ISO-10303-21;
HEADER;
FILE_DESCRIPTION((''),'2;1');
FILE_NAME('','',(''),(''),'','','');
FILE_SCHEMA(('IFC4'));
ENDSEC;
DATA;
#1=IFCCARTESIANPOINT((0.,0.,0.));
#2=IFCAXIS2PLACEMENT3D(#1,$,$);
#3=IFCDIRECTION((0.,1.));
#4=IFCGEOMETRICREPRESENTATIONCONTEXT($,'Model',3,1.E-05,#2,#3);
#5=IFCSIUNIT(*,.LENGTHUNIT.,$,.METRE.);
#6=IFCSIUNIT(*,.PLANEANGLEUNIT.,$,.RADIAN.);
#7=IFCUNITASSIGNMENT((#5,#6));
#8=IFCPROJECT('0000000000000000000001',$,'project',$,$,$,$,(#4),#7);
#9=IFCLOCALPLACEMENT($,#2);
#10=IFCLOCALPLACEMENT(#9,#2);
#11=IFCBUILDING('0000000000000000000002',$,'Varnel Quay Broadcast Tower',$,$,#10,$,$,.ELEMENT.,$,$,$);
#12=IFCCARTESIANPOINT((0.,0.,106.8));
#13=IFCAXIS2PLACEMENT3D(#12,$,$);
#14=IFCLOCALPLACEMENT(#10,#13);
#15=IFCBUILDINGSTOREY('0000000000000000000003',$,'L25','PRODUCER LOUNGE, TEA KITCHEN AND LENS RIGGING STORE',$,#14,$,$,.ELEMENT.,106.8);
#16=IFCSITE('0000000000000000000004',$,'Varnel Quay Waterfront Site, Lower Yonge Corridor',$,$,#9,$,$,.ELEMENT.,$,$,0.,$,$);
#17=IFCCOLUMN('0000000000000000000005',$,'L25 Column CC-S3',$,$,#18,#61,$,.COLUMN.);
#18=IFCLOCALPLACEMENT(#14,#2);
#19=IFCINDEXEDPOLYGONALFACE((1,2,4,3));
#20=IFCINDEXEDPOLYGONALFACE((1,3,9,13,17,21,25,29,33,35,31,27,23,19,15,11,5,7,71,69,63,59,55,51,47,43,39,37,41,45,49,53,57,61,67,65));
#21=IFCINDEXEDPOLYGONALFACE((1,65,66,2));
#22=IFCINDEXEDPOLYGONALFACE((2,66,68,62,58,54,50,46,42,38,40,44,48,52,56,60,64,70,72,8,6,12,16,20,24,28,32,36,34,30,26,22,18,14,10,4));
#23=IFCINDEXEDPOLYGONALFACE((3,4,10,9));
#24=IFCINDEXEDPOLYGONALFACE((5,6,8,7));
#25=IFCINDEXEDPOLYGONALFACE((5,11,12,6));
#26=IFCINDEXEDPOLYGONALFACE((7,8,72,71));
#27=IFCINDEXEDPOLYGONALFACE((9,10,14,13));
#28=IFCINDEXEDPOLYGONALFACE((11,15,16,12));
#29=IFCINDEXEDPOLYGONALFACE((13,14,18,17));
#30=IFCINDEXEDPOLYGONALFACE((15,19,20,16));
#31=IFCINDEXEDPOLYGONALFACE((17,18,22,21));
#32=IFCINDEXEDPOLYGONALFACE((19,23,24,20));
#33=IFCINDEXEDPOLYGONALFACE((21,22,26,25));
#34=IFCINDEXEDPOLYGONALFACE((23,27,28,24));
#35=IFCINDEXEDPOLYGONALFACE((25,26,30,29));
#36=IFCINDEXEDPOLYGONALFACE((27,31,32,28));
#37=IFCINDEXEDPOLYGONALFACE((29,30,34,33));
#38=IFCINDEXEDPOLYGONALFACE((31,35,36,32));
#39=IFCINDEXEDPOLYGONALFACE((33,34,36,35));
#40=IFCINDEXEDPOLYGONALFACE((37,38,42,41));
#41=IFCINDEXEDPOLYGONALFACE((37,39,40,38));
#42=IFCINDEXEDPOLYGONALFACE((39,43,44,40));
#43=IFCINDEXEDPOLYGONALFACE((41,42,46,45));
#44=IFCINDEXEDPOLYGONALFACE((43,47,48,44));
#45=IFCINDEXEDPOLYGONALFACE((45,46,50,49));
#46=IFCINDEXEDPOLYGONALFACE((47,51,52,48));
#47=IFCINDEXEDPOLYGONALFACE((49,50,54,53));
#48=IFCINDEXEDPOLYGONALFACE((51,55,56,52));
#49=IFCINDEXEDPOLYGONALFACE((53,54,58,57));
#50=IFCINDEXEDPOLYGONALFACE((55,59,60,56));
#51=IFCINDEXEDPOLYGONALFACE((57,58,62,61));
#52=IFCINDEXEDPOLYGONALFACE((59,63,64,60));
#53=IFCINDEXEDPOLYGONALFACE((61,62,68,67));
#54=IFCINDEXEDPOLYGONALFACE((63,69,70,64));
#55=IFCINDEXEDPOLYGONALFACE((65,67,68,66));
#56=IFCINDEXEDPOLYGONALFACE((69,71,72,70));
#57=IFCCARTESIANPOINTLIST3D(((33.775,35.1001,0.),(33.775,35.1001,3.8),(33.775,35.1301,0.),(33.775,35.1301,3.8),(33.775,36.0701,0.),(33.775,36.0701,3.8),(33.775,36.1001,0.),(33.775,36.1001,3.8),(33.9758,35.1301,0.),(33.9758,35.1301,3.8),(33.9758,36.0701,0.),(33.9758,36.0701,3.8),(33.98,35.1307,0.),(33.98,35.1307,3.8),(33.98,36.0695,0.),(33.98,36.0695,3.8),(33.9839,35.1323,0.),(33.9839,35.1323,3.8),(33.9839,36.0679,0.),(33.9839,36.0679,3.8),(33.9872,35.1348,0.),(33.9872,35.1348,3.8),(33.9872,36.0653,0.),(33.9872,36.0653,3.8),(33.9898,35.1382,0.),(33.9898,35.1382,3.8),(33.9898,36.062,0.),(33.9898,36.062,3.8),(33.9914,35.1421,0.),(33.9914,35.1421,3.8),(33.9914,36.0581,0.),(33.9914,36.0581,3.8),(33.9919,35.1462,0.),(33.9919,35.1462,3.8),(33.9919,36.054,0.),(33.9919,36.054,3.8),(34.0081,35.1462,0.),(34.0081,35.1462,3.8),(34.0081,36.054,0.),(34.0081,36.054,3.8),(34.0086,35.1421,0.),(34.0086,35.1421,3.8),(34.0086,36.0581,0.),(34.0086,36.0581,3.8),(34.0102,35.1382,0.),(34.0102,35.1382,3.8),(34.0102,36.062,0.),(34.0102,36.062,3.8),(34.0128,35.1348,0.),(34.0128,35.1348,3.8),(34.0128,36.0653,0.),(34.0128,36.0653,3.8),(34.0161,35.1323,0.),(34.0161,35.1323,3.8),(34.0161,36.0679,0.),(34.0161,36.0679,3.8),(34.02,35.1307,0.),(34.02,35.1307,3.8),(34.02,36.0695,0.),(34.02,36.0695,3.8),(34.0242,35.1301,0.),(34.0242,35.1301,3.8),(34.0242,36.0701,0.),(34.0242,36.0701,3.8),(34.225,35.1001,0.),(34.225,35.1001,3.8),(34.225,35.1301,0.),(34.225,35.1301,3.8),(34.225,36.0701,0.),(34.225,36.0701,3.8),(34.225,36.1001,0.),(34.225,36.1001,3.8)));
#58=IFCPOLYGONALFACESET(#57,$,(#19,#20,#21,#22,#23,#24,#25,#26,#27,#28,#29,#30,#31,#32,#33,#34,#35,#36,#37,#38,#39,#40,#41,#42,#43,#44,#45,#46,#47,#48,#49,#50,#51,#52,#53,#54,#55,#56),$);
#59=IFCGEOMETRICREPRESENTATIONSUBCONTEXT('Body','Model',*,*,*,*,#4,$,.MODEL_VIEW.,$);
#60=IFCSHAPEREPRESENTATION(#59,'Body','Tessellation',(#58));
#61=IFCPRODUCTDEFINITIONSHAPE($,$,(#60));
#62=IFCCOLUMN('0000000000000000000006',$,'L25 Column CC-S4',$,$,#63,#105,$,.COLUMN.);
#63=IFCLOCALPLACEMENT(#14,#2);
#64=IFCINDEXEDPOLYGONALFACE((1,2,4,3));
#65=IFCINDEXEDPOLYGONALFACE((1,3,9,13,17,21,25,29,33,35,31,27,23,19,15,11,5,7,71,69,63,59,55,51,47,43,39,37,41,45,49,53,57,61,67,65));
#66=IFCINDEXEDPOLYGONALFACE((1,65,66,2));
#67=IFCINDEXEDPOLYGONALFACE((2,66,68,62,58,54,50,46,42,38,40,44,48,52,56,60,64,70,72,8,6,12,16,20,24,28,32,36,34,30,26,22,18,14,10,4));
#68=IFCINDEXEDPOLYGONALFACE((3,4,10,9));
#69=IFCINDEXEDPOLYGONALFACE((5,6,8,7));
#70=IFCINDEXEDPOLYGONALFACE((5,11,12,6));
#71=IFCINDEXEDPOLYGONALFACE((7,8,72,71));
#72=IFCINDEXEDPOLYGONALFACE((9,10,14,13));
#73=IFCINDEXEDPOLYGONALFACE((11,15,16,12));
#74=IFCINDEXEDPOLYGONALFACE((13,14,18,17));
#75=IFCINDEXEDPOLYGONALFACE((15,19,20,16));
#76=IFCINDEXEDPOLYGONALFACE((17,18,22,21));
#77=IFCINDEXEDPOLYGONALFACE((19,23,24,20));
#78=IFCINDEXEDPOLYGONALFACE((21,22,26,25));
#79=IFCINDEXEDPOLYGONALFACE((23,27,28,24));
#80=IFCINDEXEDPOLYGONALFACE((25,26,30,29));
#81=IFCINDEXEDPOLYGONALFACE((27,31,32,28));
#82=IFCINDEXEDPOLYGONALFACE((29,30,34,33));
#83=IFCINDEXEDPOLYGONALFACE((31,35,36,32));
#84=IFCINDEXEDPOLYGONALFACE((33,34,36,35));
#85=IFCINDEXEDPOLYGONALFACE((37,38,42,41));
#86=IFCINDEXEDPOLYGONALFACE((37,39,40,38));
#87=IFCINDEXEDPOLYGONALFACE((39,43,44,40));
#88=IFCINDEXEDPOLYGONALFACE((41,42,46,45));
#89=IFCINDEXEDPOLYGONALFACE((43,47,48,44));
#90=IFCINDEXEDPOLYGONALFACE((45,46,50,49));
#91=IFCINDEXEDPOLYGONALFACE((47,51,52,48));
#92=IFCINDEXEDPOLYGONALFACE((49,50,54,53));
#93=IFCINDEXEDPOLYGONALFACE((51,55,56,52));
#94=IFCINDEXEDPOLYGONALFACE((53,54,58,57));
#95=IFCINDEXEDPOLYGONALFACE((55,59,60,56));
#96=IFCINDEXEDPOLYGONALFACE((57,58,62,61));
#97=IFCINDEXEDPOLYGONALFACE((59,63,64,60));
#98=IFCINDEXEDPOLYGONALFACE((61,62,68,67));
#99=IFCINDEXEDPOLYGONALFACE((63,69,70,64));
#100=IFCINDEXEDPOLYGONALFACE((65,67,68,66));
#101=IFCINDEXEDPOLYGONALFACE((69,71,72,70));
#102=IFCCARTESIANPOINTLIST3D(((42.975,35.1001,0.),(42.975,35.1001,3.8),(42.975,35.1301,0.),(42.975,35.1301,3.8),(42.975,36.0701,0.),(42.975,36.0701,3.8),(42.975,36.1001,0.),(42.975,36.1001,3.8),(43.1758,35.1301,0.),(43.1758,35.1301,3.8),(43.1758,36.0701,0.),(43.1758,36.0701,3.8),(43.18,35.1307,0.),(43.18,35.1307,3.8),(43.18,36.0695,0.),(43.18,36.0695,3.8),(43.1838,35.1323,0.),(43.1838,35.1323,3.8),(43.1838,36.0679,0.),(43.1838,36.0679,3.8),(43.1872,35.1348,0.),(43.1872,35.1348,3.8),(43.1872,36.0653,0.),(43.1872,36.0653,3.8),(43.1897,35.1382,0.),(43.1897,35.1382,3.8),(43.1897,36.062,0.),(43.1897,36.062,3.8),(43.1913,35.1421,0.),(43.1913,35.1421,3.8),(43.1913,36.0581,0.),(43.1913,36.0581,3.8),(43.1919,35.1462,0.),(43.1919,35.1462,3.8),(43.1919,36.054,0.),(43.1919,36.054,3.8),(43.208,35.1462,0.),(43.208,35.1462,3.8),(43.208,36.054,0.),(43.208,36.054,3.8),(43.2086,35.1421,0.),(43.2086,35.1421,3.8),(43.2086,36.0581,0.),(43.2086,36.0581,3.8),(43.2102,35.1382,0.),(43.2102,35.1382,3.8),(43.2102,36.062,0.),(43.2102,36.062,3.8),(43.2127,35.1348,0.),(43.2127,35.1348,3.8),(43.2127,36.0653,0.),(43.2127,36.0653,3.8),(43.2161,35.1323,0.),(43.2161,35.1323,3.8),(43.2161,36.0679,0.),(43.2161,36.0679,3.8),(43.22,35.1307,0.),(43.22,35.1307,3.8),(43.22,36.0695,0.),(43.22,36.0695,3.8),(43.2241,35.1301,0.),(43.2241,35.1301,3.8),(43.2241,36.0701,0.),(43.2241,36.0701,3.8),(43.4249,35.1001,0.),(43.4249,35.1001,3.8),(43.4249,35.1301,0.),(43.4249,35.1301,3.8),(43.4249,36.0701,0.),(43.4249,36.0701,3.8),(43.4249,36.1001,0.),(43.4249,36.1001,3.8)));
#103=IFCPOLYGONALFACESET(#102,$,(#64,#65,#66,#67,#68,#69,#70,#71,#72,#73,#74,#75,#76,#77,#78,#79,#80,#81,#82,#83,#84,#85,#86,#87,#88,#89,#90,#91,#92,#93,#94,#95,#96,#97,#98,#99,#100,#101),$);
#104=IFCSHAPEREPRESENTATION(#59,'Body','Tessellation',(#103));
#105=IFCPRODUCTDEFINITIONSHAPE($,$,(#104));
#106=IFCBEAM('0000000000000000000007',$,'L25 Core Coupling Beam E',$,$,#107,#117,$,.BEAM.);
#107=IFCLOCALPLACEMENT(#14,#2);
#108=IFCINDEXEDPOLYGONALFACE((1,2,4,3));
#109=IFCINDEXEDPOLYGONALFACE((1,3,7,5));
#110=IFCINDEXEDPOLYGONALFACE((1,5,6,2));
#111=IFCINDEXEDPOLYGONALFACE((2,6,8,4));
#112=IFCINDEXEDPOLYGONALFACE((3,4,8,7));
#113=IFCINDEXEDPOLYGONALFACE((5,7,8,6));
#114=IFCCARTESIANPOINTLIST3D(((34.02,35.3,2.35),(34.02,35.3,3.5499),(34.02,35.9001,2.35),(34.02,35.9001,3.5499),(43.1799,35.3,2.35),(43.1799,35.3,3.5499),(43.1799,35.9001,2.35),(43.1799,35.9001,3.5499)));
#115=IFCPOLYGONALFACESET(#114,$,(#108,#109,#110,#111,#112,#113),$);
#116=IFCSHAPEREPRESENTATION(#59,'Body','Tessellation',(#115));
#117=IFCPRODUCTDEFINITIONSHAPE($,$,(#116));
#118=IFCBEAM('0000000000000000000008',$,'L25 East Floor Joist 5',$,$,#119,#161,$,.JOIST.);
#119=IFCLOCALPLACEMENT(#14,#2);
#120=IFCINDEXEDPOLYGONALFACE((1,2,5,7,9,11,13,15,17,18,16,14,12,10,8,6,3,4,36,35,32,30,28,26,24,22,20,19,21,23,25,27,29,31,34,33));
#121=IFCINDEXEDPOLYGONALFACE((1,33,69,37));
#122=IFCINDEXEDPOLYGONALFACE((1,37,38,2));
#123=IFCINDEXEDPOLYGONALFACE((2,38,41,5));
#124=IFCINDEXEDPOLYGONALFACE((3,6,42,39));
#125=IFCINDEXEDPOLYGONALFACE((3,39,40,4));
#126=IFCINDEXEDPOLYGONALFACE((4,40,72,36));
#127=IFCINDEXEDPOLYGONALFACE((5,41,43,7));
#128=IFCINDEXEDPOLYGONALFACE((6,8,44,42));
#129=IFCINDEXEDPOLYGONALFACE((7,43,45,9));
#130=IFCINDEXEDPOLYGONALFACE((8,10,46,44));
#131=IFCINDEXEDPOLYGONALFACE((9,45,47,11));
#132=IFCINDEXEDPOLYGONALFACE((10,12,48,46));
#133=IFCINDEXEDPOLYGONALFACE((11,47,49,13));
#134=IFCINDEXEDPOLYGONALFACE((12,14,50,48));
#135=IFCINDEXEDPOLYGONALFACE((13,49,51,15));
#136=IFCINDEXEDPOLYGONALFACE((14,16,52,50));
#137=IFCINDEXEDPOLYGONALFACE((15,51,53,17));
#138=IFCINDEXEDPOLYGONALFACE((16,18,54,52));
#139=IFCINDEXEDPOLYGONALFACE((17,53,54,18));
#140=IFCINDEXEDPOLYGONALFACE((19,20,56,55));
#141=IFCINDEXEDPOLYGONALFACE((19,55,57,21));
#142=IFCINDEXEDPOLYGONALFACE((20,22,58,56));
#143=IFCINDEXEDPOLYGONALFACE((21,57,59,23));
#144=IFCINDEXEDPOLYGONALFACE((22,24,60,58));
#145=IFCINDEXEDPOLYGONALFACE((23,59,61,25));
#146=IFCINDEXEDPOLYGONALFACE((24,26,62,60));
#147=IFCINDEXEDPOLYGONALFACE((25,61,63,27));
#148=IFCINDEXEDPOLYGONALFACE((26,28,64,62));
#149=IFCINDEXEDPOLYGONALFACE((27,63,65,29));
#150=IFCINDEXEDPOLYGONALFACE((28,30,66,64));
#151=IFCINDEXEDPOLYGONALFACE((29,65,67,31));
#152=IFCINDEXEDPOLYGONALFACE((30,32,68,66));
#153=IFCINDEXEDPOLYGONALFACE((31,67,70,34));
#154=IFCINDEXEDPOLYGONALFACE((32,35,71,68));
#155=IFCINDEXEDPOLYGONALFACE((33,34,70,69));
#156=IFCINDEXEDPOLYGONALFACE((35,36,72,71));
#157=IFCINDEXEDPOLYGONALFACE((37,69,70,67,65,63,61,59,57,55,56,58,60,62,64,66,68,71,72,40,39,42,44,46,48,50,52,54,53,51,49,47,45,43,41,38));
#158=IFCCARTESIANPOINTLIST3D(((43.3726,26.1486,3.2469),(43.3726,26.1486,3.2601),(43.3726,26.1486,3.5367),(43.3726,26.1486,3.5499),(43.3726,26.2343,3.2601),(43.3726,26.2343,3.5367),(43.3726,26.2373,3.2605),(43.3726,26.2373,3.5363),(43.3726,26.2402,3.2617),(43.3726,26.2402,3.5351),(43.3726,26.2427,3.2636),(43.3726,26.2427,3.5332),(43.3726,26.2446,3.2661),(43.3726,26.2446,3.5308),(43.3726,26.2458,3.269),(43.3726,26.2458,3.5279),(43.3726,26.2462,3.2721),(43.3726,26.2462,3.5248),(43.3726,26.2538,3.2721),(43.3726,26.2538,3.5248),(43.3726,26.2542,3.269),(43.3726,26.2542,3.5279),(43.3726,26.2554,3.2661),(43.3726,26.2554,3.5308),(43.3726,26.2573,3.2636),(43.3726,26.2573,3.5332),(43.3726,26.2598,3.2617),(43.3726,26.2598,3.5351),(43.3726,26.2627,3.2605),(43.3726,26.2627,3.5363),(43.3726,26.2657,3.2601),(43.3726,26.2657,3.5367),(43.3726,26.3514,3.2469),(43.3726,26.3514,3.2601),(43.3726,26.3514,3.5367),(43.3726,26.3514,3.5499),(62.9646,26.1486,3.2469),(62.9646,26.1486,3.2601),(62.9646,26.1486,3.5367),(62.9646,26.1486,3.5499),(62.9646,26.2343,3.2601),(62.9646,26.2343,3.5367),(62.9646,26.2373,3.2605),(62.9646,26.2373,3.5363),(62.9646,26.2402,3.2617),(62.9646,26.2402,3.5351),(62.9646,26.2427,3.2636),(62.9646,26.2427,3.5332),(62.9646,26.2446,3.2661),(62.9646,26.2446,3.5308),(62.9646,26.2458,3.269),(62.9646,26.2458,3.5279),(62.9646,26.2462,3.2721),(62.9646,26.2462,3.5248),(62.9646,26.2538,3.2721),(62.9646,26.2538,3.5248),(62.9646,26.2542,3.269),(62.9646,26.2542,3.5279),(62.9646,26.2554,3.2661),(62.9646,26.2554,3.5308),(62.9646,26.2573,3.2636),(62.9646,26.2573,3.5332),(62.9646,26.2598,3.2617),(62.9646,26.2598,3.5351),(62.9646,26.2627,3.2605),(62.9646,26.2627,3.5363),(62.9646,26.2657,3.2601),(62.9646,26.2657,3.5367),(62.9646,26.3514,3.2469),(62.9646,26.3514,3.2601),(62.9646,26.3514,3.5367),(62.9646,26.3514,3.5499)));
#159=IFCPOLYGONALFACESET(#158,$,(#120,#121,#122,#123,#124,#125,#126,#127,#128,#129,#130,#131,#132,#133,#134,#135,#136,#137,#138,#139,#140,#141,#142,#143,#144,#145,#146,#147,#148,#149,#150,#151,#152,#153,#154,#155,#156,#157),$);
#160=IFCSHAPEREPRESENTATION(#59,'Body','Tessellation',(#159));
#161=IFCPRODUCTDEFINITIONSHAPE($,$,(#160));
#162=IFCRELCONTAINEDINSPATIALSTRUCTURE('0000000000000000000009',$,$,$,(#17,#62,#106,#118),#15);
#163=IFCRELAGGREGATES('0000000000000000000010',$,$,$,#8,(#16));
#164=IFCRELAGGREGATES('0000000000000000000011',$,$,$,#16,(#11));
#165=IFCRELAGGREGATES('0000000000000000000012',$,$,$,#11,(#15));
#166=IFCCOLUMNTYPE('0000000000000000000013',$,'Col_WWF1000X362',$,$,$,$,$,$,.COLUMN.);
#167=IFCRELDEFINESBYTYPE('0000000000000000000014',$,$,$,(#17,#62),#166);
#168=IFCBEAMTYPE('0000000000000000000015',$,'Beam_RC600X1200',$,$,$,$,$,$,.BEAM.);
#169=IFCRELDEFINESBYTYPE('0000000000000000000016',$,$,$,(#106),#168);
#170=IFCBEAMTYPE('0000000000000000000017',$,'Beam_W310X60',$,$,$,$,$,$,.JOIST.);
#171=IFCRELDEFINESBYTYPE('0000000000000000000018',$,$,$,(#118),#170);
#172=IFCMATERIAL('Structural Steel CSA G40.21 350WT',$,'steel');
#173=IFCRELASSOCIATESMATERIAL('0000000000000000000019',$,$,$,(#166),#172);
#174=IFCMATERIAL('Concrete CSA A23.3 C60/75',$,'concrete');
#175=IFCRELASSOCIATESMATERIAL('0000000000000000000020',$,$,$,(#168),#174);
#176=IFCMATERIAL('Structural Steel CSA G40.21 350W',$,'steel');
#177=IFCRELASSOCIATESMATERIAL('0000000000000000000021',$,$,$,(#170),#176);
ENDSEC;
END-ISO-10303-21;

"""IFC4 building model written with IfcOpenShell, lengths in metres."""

from ifc_helpers import new_model, si_unit, direction, frame, origin, origin_2d, place, context, subcontext, project, spatial, rectangle, i_section, extrude, source, transform, mapped, material, material_profile, profile_set, type_object, type_shapes, element, save


model = new_model("IFC4")

# Units and contexts
model_context = context("Model", 3, precision=1e-05, world=origin(), true_north=direction((0.0, 1.0)))
body_context = subcontext(model_context, "Body", "Model", "MODEL_VIEW")
ifc_project = project(units=[si_unit("LENGTHUNIT", "METRE"), si_unit("PLANEANGLEUNIT", "RADIAN")], contexts=[model_context])

# Site, building, storey
site_placement = place(None, origin())
site = spatial("IfcSite", under=ifc_project, at=site_placement, Name="Varnel Quay Waterfront Site, Lower Yonge Corridor", CompositionType="ELEMENT", RefElevation=0.0)
building_placement = place(site_placement, origin())
building = spatial("IfcBuilding", under=site, at=building_placement, Name="Varnel Quay Broadcast Tower", CompositionType="ELEMENT")
storey_placement = place(building_placement, frame((0.0, 0.0, 106.8)))
storey = spatial("IfcBuildingStorey", under=building, at=storey_placement, Name="L25", Description="PRODUCER LOUNGE, TEA KITCHEN AND LENS RIGGING STORE", CompositionType="ELEMENT", Elevation=106.8)

# Columns
ifc_material_1 = material(Name="Structural Steel CSA G40.21 350WT", Category="steel")
ifc_material_profile_1 = material_profile(ifc_material_1, i_section(OverallWidth=0.45, OverallDepth=1.0, WebThickness=0.0161, FlangeThickness=0.03, FilletRadius=0.0161, at=origin_2d()), Name="WWF1000X362")
ifc_profile_set_1 = profile_set([ifc_material_profile_1], Name="Structural Steel CSA G40.21 350WT")
column_type = type_object("IfcColumnType", Name="Col_WWF1000X362", PredefinedType="COLUMN", material=ifc_profile_set_1)
shared_shape_1 = source(origin(), body_context, "Body", "SweptSolid", [
    extrude(i_section(OverallWidth=0.45, OverallDepth=1.0, WebThickness=0.0161, FlangeThickness=0.03, FilletRadius=0.0161, at=origin_2d()), origin(), (0.0, 0.0, 1.0), 3.8),
])
type_shapes(column_type, [shared_shape_1])
for number, where, z_axis, x_axis, name in (
    (1, (34.0, 35.6001, 0.0), (0.0, 0.0, 1.0), (1.0, 0.0, 0.0), "L25 Column CC-S3"),
    (2, (43.2, 35.6001, 0.0), (0.0, 0.0, 1.0), (1.0, 0.0, 0.0), "L25 Column CC-S4"),
):
    element("IfcColumn", number, at=place(storey_placement, frame(where, z_axis=z_axis, x_axis=x_axis)), inside=storey, type_object=column_type, Name=name, PredefinedType="COLUMN", context=body_context, shape_type="MappedRepresentation", body=[
        mapped(shared_shape_1, transform((0.0, 0.0, 0.0), x_axis=(1.0, 0.0, 0.0), y_axis=(0.0, 1.0, 0.0), z_axis=(0.0, 0.0, 1.0), scale=1.0)),
    ])

# Beams
ifc_material_2 = material(Name="Concrete CSA A23.3 C60/75", Category="concrete")
ifc_material_profile_2 = material_profile(ifc_material_2, rectangle(XDim=0.6001, YDim=1.2, at=origin_2d()), Name="RC600X1200")
ifc_profile_set_2 = profile_set([ifc_material_profile_2], Name="Concrete CSA A23.3 C60/75")
beam_type_1 = type_object("IfcBeamType", Name="Beam_RC600X1200", PredefinedType="BEAM", material=ifc_profile_set_2)
shared_shape_2 = source(origin(), body_context, "Body", "SweptSolid", [
    extrude(rectangle(XDim=0.6001, YDim=1.2, at=origin_2d()), origin(), (0.0, 0.0, 1.0), 9.1599),
])
type_shapes(beam_type_1, [shared_shape_2])
beam_1_placement = place(storey_placement, frame((34.02, 35.6001, 2.95), z_axis=(1.0, 0.0, 0.0), x_axis=(0.0, 1.0, 0.0)))
element("IfcBeam", 3, at=beam_1_placement, inside=storey, type_object=beam_type_1, Name="L25 Core Coupling Beam E", PredefinedType="BEAM", context=body_context, shape_type="MappedRepresentation", body=[
    mapped(shared_shape_2, transform((0.0, 0.0, 0.0), x_axis=(1.0, 0.0, 0.0), y_axis=(0.0, 1.0, 0.0), z_axis=(0.0, 0.0, 1.0), scale=1.0)),
])
ifc_material_3 = material(Name="Structural Steel CSA G40.21 350W", Category="steel")
ifc_material_profile_3 = material_profile(ifc_material_3, i_section(OverallWidth=0.2029, OverallDepth=0.303, WebThickness=0.0076, FlangeThickness=0.0132, FilletRadius=0.012, at=origin_2d()), Name="W310X60")
ifc_profile_set_3 = profile_set([ifc_material_profile_3], Name="Structural Steel CSA G40.21 350W")
beam_type_2 = type_object("IfcBeamType", Name="Beam_W310X60", PredefinedType="JOIST", material=ifc_profile_set_3)
shared_shape_3 = source(origin(), body_context, "Body", "SweptSolid", [
    extrude(i_section(OverallWidth=0.2029, OverallDepth=0.303, WebThickness=0.0076, FlangeThickness=0.0132, FilletRadius=0.012, at=origin_2d()), origin(), (0.0, 0.0, 1.0), 19.592),
])
type_shapes(beam_type_2, [shared_shape_3])
beam_2_placement = place(storey_placement, frame((43.3726, 26.25, 3.3984), z_axis=(1.0, 0.0, 0.0), x_axis=(0.0, 1.0, 0.0)))
element("IfcBeam", 4, at=beam_2_placement, inside=storey, type_object=beam_type_2, Name="L25 East Floor Joist 5", PredefinedType="JOIST", context=body_context, shape_type="MappedRepresentation", body=[
    mapped(shared_shape_3, transform((0.0, 0.0, 0.0), x_axis=(1.0, 0.0, 0.0), y_axis=(0.0, 1.0, 0.0), z_axis=(0.0, 0.0, 1.0), scale=1.0)),
])

save(model, "model.ifc")
